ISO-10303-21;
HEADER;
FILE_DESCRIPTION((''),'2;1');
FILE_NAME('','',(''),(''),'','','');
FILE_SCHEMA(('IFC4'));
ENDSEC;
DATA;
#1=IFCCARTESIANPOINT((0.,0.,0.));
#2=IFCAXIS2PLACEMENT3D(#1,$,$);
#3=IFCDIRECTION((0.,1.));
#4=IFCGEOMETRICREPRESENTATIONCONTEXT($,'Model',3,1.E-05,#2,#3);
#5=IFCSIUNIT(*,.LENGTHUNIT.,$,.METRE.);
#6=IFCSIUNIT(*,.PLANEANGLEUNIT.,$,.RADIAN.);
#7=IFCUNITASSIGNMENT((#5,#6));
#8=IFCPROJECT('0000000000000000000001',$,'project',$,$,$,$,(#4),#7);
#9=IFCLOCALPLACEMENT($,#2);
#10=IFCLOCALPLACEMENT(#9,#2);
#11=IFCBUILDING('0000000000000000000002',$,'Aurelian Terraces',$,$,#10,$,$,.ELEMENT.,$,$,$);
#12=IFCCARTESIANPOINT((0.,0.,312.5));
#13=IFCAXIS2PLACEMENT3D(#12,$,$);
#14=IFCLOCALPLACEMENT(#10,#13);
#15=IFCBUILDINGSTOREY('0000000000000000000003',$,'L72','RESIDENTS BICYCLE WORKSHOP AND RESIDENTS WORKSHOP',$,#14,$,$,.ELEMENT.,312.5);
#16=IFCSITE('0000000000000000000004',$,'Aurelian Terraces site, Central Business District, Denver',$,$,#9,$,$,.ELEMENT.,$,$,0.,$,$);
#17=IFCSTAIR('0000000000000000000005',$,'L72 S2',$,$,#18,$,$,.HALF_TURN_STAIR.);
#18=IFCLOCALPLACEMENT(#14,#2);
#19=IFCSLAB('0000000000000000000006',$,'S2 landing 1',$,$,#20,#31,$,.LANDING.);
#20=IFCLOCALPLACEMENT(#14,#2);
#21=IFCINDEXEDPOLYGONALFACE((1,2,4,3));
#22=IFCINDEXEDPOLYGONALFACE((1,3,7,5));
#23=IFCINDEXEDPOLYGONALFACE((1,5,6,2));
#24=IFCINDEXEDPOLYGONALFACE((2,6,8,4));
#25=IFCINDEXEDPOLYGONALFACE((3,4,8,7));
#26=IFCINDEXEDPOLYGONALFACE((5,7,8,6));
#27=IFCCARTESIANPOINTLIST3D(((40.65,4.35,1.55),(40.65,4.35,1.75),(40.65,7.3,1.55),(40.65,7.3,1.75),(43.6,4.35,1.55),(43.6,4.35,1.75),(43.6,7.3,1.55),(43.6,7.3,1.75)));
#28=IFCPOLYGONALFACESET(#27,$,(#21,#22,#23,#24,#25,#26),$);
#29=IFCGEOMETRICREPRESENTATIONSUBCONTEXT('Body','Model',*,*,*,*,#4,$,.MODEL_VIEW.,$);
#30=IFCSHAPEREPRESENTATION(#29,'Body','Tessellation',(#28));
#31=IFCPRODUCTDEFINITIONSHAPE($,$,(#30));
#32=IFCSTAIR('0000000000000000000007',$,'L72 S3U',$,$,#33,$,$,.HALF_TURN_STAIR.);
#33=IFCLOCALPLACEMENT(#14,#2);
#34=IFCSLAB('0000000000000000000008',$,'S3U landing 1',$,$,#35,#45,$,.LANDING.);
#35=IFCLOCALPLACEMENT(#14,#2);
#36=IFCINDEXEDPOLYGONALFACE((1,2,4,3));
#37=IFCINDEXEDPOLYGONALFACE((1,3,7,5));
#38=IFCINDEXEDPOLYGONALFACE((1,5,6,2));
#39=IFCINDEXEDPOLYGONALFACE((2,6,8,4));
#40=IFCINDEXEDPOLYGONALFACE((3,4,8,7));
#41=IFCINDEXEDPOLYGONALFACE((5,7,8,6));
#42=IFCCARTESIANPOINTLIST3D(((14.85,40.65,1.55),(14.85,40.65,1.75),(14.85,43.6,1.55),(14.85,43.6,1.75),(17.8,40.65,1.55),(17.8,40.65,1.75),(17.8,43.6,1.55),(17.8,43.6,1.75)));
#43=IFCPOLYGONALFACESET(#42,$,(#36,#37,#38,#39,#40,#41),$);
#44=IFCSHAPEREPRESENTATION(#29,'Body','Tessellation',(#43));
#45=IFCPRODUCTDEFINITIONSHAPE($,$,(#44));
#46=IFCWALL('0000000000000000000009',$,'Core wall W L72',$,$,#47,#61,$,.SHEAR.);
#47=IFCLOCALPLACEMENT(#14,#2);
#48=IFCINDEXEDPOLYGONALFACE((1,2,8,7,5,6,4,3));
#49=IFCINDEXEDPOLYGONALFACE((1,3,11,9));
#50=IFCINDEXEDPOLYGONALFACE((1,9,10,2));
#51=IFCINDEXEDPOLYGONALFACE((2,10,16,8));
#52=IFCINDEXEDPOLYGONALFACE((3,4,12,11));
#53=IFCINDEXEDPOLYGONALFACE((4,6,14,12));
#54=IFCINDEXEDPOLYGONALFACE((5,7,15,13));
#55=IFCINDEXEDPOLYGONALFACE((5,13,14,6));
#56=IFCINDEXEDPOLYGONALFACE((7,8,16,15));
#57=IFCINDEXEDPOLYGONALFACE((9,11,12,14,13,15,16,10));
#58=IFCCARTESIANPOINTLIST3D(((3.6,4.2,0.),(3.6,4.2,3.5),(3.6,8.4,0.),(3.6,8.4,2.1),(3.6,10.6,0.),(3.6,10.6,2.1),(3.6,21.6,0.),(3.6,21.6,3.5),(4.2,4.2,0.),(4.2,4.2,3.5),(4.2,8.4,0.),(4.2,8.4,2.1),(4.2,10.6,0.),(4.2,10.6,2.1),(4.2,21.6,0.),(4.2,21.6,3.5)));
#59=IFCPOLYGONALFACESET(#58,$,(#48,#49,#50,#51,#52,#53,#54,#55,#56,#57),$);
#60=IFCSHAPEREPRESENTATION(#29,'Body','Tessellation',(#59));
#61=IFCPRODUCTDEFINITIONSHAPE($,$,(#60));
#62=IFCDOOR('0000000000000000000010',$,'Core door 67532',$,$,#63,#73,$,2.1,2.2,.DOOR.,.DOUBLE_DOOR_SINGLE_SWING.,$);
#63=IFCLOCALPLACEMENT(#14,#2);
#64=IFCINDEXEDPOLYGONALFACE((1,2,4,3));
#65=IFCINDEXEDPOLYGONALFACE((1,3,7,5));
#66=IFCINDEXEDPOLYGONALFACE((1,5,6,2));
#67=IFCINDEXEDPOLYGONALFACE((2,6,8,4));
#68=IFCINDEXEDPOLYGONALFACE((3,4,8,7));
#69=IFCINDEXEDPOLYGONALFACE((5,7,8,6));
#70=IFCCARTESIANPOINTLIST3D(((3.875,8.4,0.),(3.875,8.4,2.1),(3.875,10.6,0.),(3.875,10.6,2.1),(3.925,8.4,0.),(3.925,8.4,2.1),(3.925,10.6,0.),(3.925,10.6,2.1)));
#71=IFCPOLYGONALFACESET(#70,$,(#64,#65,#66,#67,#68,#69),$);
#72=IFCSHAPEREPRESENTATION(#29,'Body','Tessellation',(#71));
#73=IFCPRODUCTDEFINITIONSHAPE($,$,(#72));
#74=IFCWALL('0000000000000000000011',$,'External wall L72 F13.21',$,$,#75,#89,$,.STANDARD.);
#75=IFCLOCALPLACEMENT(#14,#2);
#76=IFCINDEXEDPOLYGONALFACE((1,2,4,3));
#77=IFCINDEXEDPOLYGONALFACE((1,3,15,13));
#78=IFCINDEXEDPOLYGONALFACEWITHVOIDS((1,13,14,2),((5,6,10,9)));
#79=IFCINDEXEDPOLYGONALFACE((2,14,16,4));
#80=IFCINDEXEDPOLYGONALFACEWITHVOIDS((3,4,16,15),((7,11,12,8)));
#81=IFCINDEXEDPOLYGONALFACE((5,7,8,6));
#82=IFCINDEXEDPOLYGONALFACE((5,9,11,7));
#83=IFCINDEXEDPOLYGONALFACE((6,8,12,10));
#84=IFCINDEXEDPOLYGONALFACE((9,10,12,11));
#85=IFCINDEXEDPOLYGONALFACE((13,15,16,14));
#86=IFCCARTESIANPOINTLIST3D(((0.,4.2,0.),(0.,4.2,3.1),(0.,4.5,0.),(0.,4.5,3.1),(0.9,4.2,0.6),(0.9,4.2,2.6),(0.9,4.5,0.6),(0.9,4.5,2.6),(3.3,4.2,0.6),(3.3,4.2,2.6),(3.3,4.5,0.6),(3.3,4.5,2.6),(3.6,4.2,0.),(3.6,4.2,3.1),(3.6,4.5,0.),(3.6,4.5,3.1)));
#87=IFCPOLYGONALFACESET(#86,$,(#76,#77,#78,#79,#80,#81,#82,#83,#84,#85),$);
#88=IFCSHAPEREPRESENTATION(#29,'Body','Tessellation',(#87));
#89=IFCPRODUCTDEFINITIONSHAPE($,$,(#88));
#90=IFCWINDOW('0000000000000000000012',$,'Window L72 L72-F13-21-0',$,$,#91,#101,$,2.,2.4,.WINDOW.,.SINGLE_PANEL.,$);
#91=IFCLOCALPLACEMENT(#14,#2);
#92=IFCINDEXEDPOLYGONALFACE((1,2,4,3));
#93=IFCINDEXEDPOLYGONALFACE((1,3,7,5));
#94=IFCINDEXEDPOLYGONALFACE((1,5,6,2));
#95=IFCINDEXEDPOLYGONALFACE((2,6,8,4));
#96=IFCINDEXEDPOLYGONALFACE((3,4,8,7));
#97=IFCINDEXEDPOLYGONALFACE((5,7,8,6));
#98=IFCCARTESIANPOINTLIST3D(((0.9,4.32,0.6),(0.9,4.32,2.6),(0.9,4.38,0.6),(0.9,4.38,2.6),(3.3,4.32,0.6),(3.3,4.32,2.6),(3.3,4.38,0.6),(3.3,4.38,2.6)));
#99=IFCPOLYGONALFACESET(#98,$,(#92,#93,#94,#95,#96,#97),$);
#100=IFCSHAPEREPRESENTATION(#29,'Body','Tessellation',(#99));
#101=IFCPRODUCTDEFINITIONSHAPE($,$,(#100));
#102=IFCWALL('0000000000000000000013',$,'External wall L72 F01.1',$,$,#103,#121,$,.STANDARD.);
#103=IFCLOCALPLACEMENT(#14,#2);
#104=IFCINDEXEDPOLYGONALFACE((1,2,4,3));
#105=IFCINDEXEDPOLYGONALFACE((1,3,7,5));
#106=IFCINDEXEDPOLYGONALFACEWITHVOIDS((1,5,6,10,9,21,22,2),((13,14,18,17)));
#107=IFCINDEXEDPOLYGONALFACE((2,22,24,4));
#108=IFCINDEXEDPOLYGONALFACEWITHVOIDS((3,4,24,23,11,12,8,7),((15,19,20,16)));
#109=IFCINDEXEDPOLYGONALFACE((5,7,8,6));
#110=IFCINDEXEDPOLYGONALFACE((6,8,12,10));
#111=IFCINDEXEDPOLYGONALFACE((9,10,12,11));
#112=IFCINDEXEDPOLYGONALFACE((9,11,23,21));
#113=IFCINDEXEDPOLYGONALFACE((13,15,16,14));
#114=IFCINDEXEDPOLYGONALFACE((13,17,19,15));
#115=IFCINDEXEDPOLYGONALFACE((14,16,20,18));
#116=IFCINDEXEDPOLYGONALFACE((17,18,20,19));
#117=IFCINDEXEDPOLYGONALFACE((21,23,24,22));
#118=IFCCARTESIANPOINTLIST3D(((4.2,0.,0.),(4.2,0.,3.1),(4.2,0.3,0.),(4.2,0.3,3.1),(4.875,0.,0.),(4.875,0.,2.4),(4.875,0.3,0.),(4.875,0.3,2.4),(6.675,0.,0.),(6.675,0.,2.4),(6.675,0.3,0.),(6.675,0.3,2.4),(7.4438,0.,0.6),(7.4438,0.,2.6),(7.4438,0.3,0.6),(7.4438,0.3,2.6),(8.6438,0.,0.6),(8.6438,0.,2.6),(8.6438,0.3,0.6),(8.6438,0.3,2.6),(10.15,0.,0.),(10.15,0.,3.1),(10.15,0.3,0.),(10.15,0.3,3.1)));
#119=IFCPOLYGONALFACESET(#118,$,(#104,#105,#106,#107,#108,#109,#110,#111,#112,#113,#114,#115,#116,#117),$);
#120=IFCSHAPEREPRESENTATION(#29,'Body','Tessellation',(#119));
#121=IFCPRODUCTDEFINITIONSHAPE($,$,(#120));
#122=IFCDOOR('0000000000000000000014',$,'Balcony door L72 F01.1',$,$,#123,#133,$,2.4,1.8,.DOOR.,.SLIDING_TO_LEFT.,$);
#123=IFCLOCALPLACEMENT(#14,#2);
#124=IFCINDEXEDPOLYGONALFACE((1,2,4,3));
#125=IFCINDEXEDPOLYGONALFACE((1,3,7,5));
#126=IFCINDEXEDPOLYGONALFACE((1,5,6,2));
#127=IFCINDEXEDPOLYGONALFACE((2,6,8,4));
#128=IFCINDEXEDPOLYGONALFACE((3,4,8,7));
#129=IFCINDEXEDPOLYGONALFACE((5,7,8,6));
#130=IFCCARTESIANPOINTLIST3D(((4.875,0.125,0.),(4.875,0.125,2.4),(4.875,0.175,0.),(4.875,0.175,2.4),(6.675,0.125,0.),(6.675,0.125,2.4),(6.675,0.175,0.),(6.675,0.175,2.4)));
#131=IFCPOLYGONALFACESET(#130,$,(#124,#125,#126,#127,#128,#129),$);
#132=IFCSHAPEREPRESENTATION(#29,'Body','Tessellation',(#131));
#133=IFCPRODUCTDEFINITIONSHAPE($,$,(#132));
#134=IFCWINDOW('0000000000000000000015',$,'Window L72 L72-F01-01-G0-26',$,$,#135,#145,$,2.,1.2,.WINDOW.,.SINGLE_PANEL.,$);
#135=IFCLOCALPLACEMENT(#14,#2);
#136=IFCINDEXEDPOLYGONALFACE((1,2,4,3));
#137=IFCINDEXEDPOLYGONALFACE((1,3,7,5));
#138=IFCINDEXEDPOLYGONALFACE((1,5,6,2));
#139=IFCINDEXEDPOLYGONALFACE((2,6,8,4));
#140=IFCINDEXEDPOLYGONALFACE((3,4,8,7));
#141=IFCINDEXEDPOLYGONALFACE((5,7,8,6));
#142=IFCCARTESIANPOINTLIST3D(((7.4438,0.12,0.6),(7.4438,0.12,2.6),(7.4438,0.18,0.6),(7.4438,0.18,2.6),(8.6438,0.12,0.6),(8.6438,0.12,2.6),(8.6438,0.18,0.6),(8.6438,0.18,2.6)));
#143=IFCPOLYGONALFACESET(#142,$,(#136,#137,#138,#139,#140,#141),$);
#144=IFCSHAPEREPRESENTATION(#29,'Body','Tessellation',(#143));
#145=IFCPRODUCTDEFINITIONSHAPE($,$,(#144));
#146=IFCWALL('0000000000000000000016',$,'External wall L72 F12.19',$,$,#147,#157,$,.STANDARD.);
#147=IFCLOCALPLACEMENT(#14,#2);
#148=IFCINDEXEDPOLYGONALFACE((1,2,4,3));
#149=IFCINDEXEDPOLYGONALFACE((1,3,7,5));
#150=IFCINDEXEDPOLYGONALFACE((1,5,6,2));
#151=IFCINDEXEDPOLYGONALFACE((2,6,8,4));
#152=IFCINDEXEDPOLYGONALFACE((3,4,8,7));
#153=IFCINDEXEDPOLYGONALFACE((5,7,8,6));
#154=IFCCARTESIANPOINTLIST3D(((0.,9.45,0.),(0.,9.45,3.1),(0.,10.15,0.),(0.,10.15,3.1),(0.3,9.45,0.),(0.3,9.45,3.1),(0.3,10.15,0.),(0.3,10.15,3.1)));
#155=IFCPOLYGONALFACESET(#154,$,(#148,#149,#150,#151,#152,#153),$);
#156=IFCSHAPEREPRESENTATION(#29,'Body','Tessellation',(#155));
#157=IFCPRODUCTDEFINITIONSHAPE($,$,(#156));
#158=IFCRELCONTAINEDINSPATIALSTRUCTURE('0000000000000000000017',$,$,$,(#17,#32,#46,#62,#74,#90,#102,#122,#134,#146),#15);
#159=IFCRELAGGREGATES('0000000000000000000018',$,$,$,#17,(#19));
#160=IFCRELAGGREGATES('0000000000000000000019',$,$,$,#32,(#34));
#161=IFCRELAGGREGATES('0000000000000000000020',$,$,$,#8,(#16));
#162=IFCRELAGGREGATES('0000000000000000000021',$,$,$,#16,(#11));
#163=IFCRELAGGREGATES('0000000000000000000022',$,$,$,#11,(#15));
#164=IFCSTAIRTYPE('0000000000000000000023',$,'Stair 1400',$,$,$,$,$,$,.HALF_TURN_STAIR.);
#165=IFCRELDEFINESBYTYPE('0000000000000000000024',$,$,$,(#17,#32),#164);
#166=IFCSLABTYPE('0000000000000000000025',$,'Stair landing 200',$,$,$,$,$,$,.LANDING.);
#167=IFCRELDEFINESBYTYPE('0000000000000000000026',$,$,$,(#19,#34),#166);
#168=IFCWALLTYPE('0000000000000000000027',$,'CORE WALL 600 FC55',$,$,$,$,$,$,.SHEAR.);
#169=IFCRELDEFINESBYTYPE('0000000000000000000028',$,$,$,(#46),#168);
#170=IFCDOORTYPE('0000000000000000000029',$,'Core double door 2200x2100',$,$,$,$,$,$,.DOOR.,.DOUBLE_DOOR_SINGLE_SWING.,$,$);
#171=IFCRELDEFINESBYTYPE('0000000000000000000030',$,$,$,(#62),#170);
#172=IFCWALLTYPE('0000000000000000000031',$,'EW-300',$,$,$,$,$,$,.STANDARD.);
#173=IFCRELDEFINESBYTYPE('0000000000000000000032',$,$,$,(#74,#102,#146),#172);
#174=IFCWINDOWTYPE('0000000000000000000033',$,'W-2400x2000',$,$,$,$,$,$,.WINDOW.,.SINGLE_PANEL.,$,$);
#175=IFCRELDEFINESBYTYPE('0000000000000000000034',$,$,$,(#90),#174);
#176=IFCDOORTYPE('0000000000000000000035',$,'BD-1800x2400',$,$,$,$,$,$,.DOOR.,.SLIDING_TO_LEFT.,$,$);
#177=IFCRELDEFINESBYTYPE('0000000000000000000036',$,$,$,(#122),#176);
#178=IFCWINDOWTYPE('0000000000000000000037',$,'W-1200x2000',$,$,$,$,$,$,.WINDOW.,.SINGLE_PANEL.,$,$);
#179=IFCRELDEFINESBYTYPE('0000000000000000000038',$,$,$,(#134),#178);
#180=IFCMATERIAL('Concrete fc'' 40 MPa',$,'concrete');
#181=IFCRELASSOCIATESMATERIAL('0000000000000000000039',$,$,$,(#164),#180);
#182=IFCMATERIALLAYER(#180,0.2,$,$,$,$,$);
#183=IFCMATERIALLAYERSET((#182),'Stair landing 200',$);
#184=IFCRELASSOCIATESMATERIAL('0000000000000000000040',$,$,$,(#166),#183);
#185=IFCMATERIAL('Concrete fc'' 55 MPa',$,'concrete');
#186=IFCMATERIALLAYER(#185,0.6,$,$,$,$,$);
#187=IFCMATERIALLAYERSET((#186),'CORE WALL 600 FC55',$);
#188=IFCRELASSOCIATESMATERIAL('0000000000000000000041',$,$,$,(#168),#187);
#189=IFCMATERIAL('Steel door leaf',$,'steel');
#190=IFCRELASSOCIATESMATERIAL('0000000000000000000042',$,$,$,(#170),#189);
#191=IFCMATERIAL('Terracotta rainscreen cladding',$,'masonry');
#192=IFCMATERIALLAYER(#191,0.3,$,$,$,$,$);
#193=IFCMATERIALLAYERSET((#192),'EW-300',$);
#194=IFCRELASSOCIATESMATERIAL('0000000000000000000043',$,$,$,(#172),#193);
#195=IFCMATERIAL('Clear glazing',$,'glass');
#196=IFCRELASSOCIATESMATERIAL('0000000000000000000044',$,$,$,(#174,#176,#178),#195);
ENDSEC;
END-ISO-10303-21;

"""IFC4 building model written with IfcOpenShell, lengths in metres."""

from ifc_helpers import new_model, si_unit, direction, frame, frame_2d, origin, place, context, subcontext, project, spatial, polyline, rectangle, outline, extrude, source, transform, mapped, material, layer, layer_set, type_object, element, fill, aggregate, save


model = new_model("IFC4")

# Units and contexts
model_context = context("Model", 3, precision=1e-05, world=origin(), true_north=direction((0.0, 1.0)))
body_context = subcontext(model_context, "Body", "Model", "MODEL_VIEW")
ifc_project = project(units=[si_unit("LENGTHUNIT", "METRE"), si_unit("PLANEANGLEUNIT", "RADIAN")], contexts=[model_context])

# Site, building, storey
site_placement = place(None, origin())
site = spatial("IfcSite", under=ifc_project, at=site_placement, Name="Aurelian Terraces site, Central Business District, Denver", CompositionType="ELEMENT", RefElevation=0.0)
building_placement = place(site_placement, origin())
building = spatial("IfcBuilding", under=site, at=building_placement, Name="Aurelian Terraces", CompositionType="ELEMENT")
storey_placement = place(building_placement, frame((0.0, 0.0, 312.5)))
storey = spatial("IfcBuildingStorey", under=building, at=storey_placement, Name="L72", Description="RESIDENTS BICYCLE WORKSHOP AND RESIDENTS WORKSHOP", CompositionType="ELEMENT", Elevation=312.5)

# Shared definitions
ifc_material_1 = material(Name="Concrete fc' 55 MPa", Category="concrete")

# Shared definitions
ifc_material_2 = material(Name="Concrete fc' 40 MPa", Category="concrete")

# Stairs, slabs
stair_type = type_object("IfcStairType", Name="Stair 1400", PredefinedType="HALF_TURN_STAIR", material=ifc_material_2)
ifc_layer_1 = layer(ifc_material_2, 0.2)
ifc_layer_set_1 = layer_set([ifc_layer_1], Name="Stair landing 200")
slab_type_1 = type_object("IfcSlabType", Name="Stair landing 200", PredefinedType="LANDING", material=ifc_layer_set_1)
stair_1_placement = place(storey_placement, origin())
stair_1 = element("IfcStair", 1, at=stair_1_placement, inside=storey, type_object=stair_type, Name="L72 S2", PredefinedType="HALF_TURN_STAIR")
shared_shape_1 = source(origin(), body_context, "Body", "SweptSolid", [
    extrude(outline(polyline([(43.6, 4.35), (43.6, 7.3), (40.65, 7.3), (40.65, 4.35), (43.6, 4.35)])), origin(), (0.0, 0.0, 1.0), 0.2),
])
slab_1_placement = place(storey_placement, frame((0.0, 0.0, 1.55)))
slab_1 = element("IfcSlab", 2, at=slab_1_placement, type_object=slab_type_1, Name="S2 landing 1", PredefinedType="LANDING", context=body_context, shape_type="MappedRepresentation", body=[
    mapped(shared_shape_1, transform((0.0, 0.0, 0.0), scale=1.0)),
])
aggregate(stair_1, [slab_1])
stair_2_placement = place(storey_placement, origin())
stair_2 = element("IfcStair", 3, at=stair_2_placement, inside=storey, type_object=stair_type, Name="L72 S3U", PredefinedType="HALF_TURN_STAIR")
shared_shape_2 = source(origin(), body_context, "Body", "SweptSolid", [
    extrude(outline(polyline([(14.85, 40.65), (17.8, 40.65), (17.8, 43.6), (14.85, 43.6), (14.85, 40.65)])), origin(), (0.0, 0.0, 1.0), 0.2),
])
slab_2_placement = place(storey_placement, frame((0.0, 0.0, 1.55)))
slab_2 = element("IfcSlab", 4, at=slab_2_placement, type_object=slab_type_1, Name="S3U landing 1", PredefinedType="LANDING", context=body_context, shape_type="MappedRepresentation", body=[
    mapped(shared_shape_2, transform((0.0, 0.0, 0.0), scale=1.0)),
])
aggregate(stair_2, [slab_2])

# Wall, opening, door
ifc_layer_2 = layer(ifc_material_1, 0.6)
ifc_layer_set_2 = layer_set([ifc_layer_2], Name="CORE WALL 600 FC55")
wall_type_1 = type_object("IfcWallType", Name="CORE WALL 600 FC55", PredefinedType="SHEAR", material=ifc_layer_set_2)
shared_shape_3 = source(origin(), body_context, "Body", "SweptSolid", [
    extrude(rectangle(XDim=17.4, YDim=0.6, at=frame_2d((8.7, 0.0))), origin(), (0.0, 0.0, 1.0), 3.5),
])
wall_1_placement = place(storey_placement, frame((3.9, 4.2, 0.0), z_axis=(0.0, 0.0, 1.0), x_axis=(0.0, 1.0, 0.0)))
wall_1 = element("IfcWall", 5, at=wall_1_placement, inside=storey, type_object=wall_type_1, Name="Core wall W L72", PredefinedType="SHEAR", context=body_context, shape_type="MappedRepresentation", body=[
    mapped(shared_shape_3, transform((0.0, 0.0, 0.0), scale=1.0)),
])
shared_shape_4 = source(origin(), body_context, "Body", "SweptSolid", [
    extrude(rectangle(XDim=2.2, YDim=2.1, at=frame_2d((1.1, 1.05))), frame((0.0, 0.31, 0.0), z_axis=(0.0, -1.0, 0.0), x_axis=(1.0, 0.0, 0.0)), (0.0, 0.0, 1.0), 0.62),
])
opening_1_placement = place(wall_1_placement, frame((4.2, 0.0, 0.0)))
opening_1 = element("IfcOpeningElement", 6, at=opening_1_placement, cuts=wall_1, PredefinedType="OPENING", context=body_context, shape_type="MappedRepresentation", body=[
    mapped(shared_shape_4, transform((0.0, 0.0, 0.0), scale=1.0)),
])
ifc_material_3 = material(Name="Steel door leaf", Category="steel")
door_type_1 = type_object("IfcDoorType", Name="Core double door 2200x2100", OperationType="DOUBLE_DOOR_SINGLE_SWING", PredefinedType="DOOR", material=ifc_material_3)
shared_shape_5 = source(origin(), body_context, "Body", "SweptSolid", [
    extrude(rectangle(XDim=2.2, YDim=2.1, at=frame_2d((1.1, 1.05))), frame((0.0, 0.025, 0.0), z_axis=(0.0, -1.0, 0.0), x_axis=(1.0, 0.0, 0.0)), (0.0, 0.0, 1.0), 0.05),
])
door_1_placement = place(opening_1_placement, origin())
door_1 = element("IfcDoor", 7, at=door_1_placement, inside=storey, type_object=door_type_1, Name="Core door 67532", OperationType="DOUBLE_DOOR_SINGLE_SWING", OverallHeight=2.1, OverallWidth=2.2, PredefinedType="DOOR", context=body_context, shape_type="MappedRepresentation", body=[
    mapped(shared_shape_5, transform((0.0, 0.0, 0.0), scale=1.0)),
])
fill(opening_1, door_1)

# Wall, opening, window
ifc_material_4 = material(Name="Terracotta rainscreen cladding", Category="masonry")
ifc_layer_3 = layer(ifc_material_4, 0.3)
ifc_layer_set_3 = layer_set([ifc_layer_3], Name="EW-300")
wall_type_2 = type_object("IfcWallType", Name="EW-300", PredefinedType="STANDARD", material=ifc_layer_set_3)
shared_shape_6 = source(origin(), body_context, "Body", "SweptSolid", [
    extrude(rectangle(XDim=3.6, YDim=0.3, at=frame_2d((1.8, 0.0))), origin(), (0.0, 0.0, 1.0), 3.1),
])
wall_2_placement = place(storey_placement, frame((0.0, 4.35, 0.0), z_axis=(0.0, 0.0, 1.0), x_axis=(1.0, 0.0, 0.0)))
wall_2 = element("IfcWall", 8, at=wall_2_placement, inside=storey, type_object=wall_type_2, Name="External wall L72 F13.21", PredefinedType="STANDARD", context=body_context, shape_type="MappedRepresentation", body=[
    mapped(shared_shape_6, transform((0.0, 0.0, 0.0), scale=1.0)),
])
shared_shape_7 = source(origin(), body_context, "Body", "SweptSolid", [
    extrude(rectangle(XDim=2.4, YDim=2.0, at=frame_2d((1.2, 1.0))), frame((0.0, 0.16, 0.0), z_axis=(0.0, -1.0, 0.0), x_axis=(1.0, 0.0, 0.0)), (0.0, 0.0, 1.0), 0.32),
])
opening_2_placement = place(wall_2_placement, frame((0.9, 0.0, 0.6)))
opening_2 = element("IfcOpeningElement", 9, at=opening_2_placement, cuts=wall_2, PredefinedType="OPENING", context=body_context, shape_type="MappedRepresentation", body=[
    mapped(shared_shape_7, transform((0.0, 0.0, 0.0), scale=1.0)),
])
ifc_material_5 = material(Name="Clear glazing", Category="glass")
window_type_1 = type_object("IfcWindowType", Name="W-2400x2000", PartitioningType="SINGLE_PANEL", PredefinedType="WINDOW", material=ifc_material_5)
shared_shape_8 = source(origin(), body_context, "Body", "SweptSolid", [
    extrude(rectangle(XDim=2.4, YDim=2.0, at=frame_2d((1.2, 1.0))), frame((0.0, 0.03, 0.0), z_axis=(0.0, -1.0, 0.0), x_axis=(1.0, 0.0, 0.0)), (0.0, 0.0, 1.0), 0.06),
])
window_1_placement = place(opening_2_placement, origin())
window_1 = element("IfcWindow", 10, at=window_1_placement, inside=storey, type_object=window_type_1, Name="Window L72 L72-F13-21-0", OverallHeight=2.0, OverallWidth=2.4, PartitioningType="SINGLE_PANEL", PredefinedType="WINDOW", context=body_context, shape_type="MappedRepresentation", body=[
    mapped(shared_shape_8, transform((0.0, 0.0, 0.0), scale=1.0)),
])
fill(opening_2, window_1)

# Wall, openings, door, window
shared_shape_9 = source(origin(), body_context, "Body", "SweptSolid", [
    extrude(rectangle(XDim=5.95, YDim=0.3, at=frame_2d((2.975, 0.0))), origin(), (0.0, 0.0, 1.0), 3.1),
])
wall_3_placement = place(storey_placement, frame((4.2, 0.15, 0.0), z_axis=(0.0, 0.0, 1.0), x_axis=(1.0, 0.0, 0.0)))
wall_3 = element("IfcWall", 11, at=wall_3_placement, inside=storey, type_object=wall_type_2, Name="External wall L72 F01.1", PredefinedType="STANDARD", context=body_context, shape_type="MappedRepresentation", body=[
    mapped(shared_shape_9, transform((0.0, 0.0, 0.0), scale=1.0)),
])
shared_shape_10 = source(origin(), body_context, "Body", "SweptSolid", [
    extrude(rectangle(XDim=1.8, YDim=2.4, at=frame_2d((0.9, 1.2))), frame((0.0, 0.16, 0.0), z_axis=(0.0, -1.0, 0.0), x_axis=(1.0, 0.0, 0.0)), (0.0, 0.0, 1.0), 0.32),
])
opening_3_placement = place(wall_3_placement, frame((0.675, 0.0, 0.0)))
opening_3 = element("IfcOpeningElement", 12, at=opening_3_placement, cuts=wall_3, PredefinedType="OPENING", context=body_context, shape_type="MappedRepresentation", body=[
    mapped(shared_shape_10, transform((0.0, 0.0, 0.0), scale=1.0)),
])
shared_shape_11 = source(origin(), body_context, "Body", "SweptSolid", [
    extrude(rectangle(XDim=1.2, YDim=2.0, at=frame_2d((0.6, 1.0))), frame((0.0, 0.16, 0.0), z_axis=(0.0, -1.0, 0.0), x_axis=(1.0, 0.0, 0.0)), (0.0, 0.0, 1.0), 0.32),
])
opening_4_placement = place(wall_3_placement, frame((3.2438, 0.0, 0.6)))
opening_4 = element("IfcOpeningElement", 13, at=opening_4_placement, cuts=wall_3, PredefinedType="OPENING", context=body_context, shape_type="MappedRepresentation", body=[
    mapped(shared_shape_11, transform((0.0, 0.0, 0.0), scale=1.0)),
])
door_type_2 = type_object("IfcDoorType", Name="BD-1800x2400", OperationType="SLIDING_TO_LEFT", PredefinedType="DOOR", material=ifc_material_5)
shared_shape_12 = source(origin(), body_context, "Body", "SweptSolid", [
    extrude(rectangle(XDim=1.8, YDim=2.4, at=frame_2d((0.9, 1.2))), frame((0.0, 0.025, 0.0), z_axis=(0.0, -1.0, 0.0), x_axis=(1.0, 0.0, 0.0)), (0.0, 0.0, 1.0), 0.05),
])
door_2_placement = place(opening_3_placement, origin())
door_2 = element("IfcDoor", 14, at=door_2_placement, inside=storey, type_object=door_type_2, Name="Balcony door L72 F01.1", OperationType="SLIDING_TO_LEFT", OverallHeight=2.4, OverallWidth=1.8, PredefinedType="DOOR", context=body_context, shape_type="MappedRepresentation", body=[
    mapped(shared_shape_12, transform((0.0, 0.0, 0.0), scale=1.0)),
])
fill(opening_3, door_2)
window_type_2 = type_object("IfcWindowType", Name="W-1200x2000", PartitioningType="SINGLE_PANEL", PredefinedType="WINDOW", material=ifc_material_5)
shared_shape_13 = source(origin(), body_context, "Body", "SweptSolid", [
    extrude(rectangle(XDim=1.2, YDim=2.0, at=frame_2d((0.6, 1.0))), frame((0.0, 0.03, 0.0), z_axis=(0.0, -1.0, 0.0), x_axis=(1.0, 0.0, 0.0)), (0.0, 0.0, 1.0), 0.06),
])
window_2_placement = place(opening_4_placement, origin())
window_2 = element("IfcWindow", 15, at=window_2_placement, inside=storey, type_object=window_type_2, Name="Window L72 L72-F01-01-G0-26", OverallHeight=2.0, OverallWidth=1.2, PartitioningType="SINGLE_PANEL", PredefinedType="WINDOW", context=body_context, shape_type="MappedRepresentation", body=[
    mapped(shared_shape_13, transform((0.0, 0.0, 0.0), scale=1.0)),
])
fill(opening_4, window_2)

# Wall
shared_shape_14 = source(origin(), body_context, "Body", "SweptSolid", [
    extrude(rectangle(XDim=0.7, YDim=0.3, at=frame_2d((0.35, 0.0))), origin(), (0.0, 0.0, 1.0), 3.1),
])
wall_4_placement = place(storey_placement, frame((0.15, 10.15, 0.0), z_axis=(0.0, 0.0, 1.0), x_axis=(0.0, -1.0, 0.0)))
element("IfcWall", 16, at=wall_4_placement, inside=storey, type_object=wall_type_2, Name="External wall L72 F12.19", PredefinedType="STANDARD", context=body_context, shape_type="MappedRepresentation", body=[
    mapped(shared_shape_14, transform((0.0, 0.0, 0.0), scale=1.0)),
])

save(model, "model.ifc")
